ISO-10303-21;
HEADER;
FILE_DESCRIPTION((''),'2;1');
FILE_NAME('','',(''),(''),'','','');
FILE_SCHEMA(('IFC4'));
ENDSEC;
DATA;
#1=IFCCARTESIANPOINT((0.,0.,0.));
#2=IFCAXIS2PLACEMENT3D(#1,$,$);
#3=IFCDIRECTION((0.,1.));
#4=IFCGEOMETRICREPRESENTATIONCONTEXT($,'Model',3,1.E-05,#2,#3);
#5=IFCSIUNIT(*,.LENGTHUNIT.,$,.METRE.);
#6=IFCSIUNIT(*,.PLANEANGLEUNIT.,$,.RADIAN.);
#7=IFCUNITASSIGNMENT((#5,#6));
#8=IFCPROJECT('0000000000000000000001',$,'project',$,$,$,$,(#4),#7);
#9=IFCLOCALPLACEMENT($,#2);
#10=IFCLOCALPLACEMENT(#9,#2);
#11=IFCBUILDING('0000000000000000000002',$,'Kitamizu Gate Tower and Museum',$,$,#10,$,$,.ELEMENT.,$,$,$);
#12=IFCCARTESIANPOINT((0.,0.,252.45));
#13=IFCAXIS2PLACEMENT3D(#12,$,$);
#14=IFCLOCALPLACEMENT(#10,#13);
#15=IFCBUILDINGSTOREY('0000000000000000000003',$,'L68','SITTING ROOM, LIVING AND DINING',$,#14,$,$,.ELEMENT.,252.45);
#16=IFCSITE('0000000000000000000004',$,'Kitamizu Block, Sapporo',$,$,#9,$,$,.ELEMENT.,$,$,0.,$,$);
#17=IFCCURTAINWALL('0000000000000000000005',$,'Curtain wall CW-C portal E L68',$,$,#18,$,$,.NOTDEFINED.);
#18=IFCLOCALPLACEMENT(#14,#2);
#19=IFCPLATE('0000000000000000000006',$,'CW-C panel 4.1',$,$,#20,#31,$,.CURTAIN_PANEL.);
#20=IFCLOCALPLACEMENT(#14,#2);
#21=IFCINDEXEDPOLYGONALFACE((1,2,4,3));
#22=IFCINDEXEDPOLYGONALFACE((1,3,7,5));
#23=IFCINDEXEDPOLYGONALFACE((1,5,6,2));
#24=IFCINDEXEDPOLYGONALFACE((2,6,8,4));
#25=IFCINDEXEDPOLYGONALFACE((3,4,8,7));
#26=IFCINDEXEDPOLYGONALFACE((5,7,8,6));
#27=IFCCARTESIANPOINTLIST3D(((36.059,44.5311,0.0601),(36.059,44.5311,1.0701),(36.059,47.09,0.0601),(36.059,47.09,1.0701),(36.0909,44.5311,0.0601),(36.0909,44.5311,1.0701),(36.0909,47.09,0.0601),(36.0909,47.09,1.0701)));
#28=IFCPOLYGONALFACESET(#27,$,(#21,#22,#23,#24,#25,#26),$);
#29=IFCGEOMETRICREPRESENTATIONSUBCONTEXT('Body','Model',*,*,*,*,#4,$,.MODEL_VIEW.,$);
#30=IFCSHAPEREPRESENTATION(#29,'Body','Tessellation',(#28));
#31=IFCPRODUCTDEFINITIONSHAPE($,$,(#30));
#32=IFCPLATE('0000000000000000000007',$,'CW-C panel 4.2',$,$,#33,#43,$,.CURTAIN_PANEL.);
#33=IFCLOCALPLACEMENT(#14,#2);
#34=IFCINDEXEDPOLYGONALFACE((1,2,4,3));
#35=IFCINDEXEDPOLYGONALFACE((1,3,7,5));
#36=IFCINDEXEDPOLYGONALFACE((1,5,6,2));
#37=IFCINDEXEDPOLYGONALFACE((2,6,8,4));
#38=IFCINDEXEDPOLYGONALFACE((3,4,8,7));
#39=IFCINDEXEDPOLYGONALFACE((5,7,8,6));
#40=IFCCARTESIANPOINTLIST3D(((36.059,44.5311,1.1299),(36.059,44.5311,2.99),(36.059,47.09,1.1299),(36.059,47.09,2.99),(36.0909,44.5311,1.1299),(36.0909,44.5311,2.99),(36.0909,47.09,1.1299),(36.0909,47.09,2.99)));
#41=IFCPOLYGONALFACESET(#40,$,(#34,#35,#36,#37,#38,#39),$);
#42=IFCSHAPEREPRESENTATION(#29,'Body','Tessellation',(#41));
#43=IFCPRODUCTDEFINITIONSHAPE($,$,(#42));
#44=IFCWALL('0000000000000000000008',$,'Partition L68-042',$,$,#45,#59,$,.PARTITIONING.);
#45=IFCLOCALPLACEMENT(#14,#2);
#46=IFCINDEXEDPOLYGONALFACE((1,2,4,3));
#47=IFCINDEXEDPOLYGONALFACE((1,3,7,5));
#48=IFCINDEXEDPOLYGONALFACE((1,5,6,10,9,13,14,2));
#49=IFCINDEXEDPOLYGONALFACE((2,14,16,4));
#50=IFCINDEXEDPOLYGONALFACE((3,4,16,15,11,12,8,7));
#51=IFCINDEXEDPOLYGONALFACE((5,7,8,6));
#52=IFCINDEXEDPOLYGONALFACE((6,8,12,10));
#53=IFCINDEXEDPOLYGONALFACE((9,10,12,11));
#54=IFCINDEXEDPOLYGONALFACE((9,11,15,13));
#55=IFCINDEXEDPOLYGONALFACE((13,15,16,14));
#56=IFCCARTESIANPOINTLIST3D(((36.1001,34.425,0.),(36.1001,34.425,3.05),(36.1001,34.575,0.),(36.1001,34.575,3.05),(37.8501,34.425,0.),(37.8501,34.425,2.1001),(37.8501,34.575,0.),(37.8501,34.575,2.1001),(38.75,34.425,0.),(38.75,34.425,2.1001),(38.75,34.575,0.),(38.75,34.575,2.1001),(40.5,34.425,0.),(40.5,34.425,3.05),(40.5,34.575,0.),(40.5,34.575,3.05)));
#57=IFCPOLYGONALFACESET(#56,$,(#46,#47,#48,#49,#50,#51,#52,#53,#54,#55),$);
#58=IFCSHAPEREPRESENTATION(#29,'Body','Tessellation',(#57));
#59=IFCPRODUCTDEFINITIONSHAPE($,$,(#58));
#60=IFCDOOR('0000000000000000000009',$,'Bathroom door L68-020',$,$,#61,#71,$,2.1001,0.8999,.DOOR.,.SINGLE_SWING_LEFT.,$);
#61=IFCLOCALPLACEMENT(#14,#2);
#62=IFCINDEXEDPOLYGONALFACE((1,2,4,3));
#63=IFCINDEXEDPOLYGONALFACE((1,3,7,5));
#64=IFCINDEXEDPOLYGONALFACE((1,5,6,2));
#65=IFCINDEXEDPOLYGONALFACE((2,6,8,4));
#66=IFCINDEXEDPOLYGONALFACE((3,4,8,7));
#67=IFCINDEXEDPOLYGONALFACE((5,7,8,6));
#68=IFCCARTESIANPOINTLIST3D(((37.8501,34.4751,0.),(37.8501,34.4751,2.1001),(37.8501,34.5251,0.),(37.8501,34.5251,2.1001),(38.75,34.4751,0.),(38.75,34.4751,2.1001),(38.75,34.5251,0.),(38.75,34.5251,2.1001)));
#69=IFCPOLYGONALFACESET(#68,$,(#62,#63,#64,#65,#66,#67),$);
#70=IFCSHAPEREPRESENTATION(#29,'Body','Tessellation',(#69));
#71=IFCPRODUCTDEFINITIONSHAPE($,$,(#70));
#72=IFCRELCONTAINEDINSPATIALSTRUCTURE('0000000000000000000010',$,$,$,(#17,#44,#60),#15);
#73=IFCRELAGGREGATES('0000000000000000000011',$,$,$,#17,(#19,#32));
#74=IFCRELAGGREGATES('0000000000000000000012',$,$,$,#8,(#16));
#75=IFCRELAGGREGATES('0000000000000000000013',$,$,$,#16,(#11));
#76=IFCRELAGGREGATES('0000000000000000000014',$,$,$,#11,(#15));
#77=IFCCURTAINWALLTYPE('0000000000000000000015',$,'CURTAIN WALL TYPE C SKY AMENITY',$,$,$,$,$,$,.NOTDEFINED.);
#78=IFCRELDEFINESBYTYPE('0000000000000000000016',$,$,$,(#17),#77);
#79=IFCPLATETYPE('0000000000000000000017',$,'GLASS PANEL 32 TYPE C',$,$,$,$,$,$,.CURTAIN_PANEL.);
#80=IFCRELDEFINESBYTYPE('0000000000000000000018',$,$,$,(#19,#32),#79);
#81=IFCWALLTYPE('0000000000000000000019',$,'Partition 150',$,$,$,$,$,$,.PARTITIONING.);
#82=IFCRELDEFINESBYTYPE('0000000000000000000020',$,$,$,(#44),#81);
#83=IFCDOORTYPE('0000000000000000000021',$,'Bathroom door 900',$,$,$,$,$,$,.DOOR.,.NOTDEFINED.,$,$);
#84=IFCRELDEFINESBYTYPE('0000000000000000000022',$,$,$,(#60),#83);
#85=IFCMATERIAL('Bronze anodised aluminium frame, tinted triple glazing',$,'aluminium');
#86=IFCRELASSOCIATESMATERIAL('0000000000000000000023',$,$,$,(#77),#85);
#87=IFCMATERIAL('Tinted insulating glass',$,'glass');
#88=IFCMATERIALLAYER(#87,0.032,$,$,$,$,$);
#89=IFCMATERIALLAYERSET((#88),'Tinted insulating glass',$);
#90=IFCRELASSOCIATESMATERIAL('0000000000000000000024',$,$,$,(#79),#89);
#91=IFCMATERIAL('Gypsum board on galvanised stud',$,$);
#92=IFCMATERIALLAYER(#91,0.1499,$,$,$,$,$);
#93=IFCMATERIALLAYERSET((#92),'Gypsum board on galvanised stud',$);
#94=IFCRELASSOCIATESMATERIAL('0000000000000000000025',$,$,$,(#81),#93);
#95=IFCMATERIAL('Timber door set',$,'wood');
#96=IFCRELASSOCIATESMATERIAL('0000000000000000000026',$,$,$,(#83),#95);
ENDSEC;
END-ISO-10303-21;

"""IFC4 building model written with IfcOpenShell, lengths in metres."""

from ifc_helpers import new_model, si_unit, direction, frame, frame_2d, origin, origin_2d, place, context, subcontext, project, spatial, rectangle, extrude, material, layer, layer_set, type_object, element, fill, aggregate, save


model = new_model("IFC4")

# Units and contexts
model_context = context("Model", 3, precision=1e-05, world=origin(), true_north=direction((0.0, 1.0)))
body_context = subcontext(model_context, "Body", "Model", "MODEL_VIEW")
ifc_project = project(units=[si_unit("LENGTHUNIT", "METRE"), si_unit("PLANEANGLEUNIT", "RADIAN")], contexts=[model_context])

# Site, building, storey
site_placement = place(None, origin())
site = spatial("IfcSite", under=ifc_project, at=site_placement, Name="Kitamizu Block, Sapporo", CompositionType="ELEMENT", RefElevation=0.0)
building_placement = place(site_placement, origin())
building = spatial("IfcBuilding", under=site, at=building_placement, Name="Kitamizu Gate Tower and Museum", CompositionType="ELEMENT")
storey_placement = place(building_placement, frame((0.0, 0.0, 252.45)))
storey = spatial("IfcBuildingStorey", under=building, at=storey_placement, Name="L68", Description="SITTING ROOM, LIVING AND DINING", CompositionType="ELEMENT", Elevation=252.45)

# Curtain wall
ifc_material_1 = material(Name="Bronze anodised aluminium frame, tinted triple glazing", Category="aluminium")
curtain_wall_type = type_object("IfcCurtainWallType", Name="CURTAIN WALL TYPE C SKY AMENITY", PredefinedType="NOTDEFINED", material=ifc_material_1)
curtain_wall_1_placement = place(storey_placement, origin())
curtain_wall_1 = element("IfcCurtainWall", 1, at=curtain_wall_1_placement, inside=storey, type_object=curtain_wall_type, Name="Curtain wall CW-C portal E L68", PredefinedType="NOTDEFINED")

# Plates
ifc_material_2 = material(Name="Tinted insulating glass", Category="glass")
ifc_layer_1 = layer(ifc_material_2, 0.032)
ifc_layer_set_1 = layer_set([ifc_layer_1], Name="Tinted insulating glass")
plate_type = type_object("IfcPlateType", Name="GLASS PANEL 32 TYPE C", PredefinedType="CURTAIN_PANEL", material=ifc_layer_set_1)
plate_1_placement = place(storey_placement, frame((36.075, 45.8105, 0.0601), z_axis=(0.0, 0.0, 1.0), x_axis=(0.0, 1.0, 0.0)))
plate_1 = element("IfcPlate", 2, at=plate_1_placement, type_object=plate_type, Name="CW-C panel 4.1", PredefinedType="CURTAIN_PANEL", context=body_context, shape_type="SweptSolid", body=[
    extrude(rectangle(XDim=2.5588, YDim=0.032, at=origin_2d()), origin(), (0.0, 0.0, 1.0), 1.01),
])
plate_2_placement = place(storey_placement, frame((36.075, 45.8105, 1.1299), z_axis=(0.0, 0.0, 1.0), x_axis=(0.0, 1.0, 0.0)))
plate_2 = element("IfcPlate", 3, at=plate_2_placement, type_object=plate_type, Name="CW-C panel 4.2", PredefinedType="CURTAIN_PANEL", context=body_context, shape_type="SweptSolid", body=[
    extrude(rectangle(XDim=2.5588, YDim=0.032, at=origin_2d()), origin(), (0.0, 0.0, 1.0), 1.8601),
])
aggregate(curtain_wall_1, [plate_1, plate_2])

# Wall, opening, door
ifc_material_3 = material(Name="Gypsum board on galvanised stud")
ifc_layer_2 = layer(ifc_material_3, 0.1499)
ifc_layer_set_2 = layer_set([ifc_layer_2], Name="Gypsum board on galvanised stud")
wall_type = type_object("IfcWallType", Name="Partition 150", PredefinedType="PARTITIONING", material=ifc_layer_set_2)
wall_placement = place(storey_placement, frame((36.1001, 34.5, 0.0), z_axis=(0.0, 0.0, 1.0), x_axis=(1.0, 0.0, 0.0)))
wall = element("IfcWall", 4, at=wall_placement, inside=storey, type_object=wall_type, Name="Partition L68-042", PredefinedType="PARTITIONING", context=body_context, shape_type="SweptSolid", body=[
    extrude(rectangle(XDim=4.3999, YDim=0.1499, at=frame_2d((2.2, 0.0))), origin(), (0.0, 0.0, 1.0), 3.05),
])
opening_placement = place(wall_placement, frame((1.75, 0.0, 0.0)))
opening = element("IfcOpeningElement", 5, at=opening_placement, cuts=wall, PredefinedType="OPENING", context=body_context, shape_type="SweptSolid", body=[
    extrude(rectangle(XDim=0.8999, YDim=2.1001, at=frame_2d((0.45, 1.05))), frame((0.0, 0.085, 0.0), z_axis=(0.0, -1.0, 0.0), x_axis=(1.0, 0.0, 0.0)), (0.0, 0.0, 1.0), 0.1699),
])
ifc_material_4 = material(Name="Timber door set", Category="wood")
door_type = type_object("IfcDoorType", Name="Bathroom door 900", OperationType="NOTDEFINED", PredefinedType="DOOR", material=ifc_material_4)
door_placement = place(opening_placement, frame((0.8999, 0.0, 0.0), x_axis=(-1.0, 0.0, 0.0)))
door = element("IfcDoor", 6, at=door_placement, inside=storey, type_object=door_type, Name="Bathroom door L68-020", OperationType="SINGLE_SWING_LEFT", OverallHeight=2.1001, OverallWidth=0.8999, PredefinedType="DOOR", context=body_context, shape_type="SweptSolid", body=[
    extrude(rectangle(XDim=0.8999, YDim=2.1001, at=frame_2d((0.45, 1.05))), frame((0.0, 0.0249, 0.0), z_axis=(0.0, -1.0, 0.0), x_axis=(1.0, 0.0, 0.0)), (0.0, 0.0, 1.0), 0.05),
])
fill(opening, door)

save(model, "model.ifc")
